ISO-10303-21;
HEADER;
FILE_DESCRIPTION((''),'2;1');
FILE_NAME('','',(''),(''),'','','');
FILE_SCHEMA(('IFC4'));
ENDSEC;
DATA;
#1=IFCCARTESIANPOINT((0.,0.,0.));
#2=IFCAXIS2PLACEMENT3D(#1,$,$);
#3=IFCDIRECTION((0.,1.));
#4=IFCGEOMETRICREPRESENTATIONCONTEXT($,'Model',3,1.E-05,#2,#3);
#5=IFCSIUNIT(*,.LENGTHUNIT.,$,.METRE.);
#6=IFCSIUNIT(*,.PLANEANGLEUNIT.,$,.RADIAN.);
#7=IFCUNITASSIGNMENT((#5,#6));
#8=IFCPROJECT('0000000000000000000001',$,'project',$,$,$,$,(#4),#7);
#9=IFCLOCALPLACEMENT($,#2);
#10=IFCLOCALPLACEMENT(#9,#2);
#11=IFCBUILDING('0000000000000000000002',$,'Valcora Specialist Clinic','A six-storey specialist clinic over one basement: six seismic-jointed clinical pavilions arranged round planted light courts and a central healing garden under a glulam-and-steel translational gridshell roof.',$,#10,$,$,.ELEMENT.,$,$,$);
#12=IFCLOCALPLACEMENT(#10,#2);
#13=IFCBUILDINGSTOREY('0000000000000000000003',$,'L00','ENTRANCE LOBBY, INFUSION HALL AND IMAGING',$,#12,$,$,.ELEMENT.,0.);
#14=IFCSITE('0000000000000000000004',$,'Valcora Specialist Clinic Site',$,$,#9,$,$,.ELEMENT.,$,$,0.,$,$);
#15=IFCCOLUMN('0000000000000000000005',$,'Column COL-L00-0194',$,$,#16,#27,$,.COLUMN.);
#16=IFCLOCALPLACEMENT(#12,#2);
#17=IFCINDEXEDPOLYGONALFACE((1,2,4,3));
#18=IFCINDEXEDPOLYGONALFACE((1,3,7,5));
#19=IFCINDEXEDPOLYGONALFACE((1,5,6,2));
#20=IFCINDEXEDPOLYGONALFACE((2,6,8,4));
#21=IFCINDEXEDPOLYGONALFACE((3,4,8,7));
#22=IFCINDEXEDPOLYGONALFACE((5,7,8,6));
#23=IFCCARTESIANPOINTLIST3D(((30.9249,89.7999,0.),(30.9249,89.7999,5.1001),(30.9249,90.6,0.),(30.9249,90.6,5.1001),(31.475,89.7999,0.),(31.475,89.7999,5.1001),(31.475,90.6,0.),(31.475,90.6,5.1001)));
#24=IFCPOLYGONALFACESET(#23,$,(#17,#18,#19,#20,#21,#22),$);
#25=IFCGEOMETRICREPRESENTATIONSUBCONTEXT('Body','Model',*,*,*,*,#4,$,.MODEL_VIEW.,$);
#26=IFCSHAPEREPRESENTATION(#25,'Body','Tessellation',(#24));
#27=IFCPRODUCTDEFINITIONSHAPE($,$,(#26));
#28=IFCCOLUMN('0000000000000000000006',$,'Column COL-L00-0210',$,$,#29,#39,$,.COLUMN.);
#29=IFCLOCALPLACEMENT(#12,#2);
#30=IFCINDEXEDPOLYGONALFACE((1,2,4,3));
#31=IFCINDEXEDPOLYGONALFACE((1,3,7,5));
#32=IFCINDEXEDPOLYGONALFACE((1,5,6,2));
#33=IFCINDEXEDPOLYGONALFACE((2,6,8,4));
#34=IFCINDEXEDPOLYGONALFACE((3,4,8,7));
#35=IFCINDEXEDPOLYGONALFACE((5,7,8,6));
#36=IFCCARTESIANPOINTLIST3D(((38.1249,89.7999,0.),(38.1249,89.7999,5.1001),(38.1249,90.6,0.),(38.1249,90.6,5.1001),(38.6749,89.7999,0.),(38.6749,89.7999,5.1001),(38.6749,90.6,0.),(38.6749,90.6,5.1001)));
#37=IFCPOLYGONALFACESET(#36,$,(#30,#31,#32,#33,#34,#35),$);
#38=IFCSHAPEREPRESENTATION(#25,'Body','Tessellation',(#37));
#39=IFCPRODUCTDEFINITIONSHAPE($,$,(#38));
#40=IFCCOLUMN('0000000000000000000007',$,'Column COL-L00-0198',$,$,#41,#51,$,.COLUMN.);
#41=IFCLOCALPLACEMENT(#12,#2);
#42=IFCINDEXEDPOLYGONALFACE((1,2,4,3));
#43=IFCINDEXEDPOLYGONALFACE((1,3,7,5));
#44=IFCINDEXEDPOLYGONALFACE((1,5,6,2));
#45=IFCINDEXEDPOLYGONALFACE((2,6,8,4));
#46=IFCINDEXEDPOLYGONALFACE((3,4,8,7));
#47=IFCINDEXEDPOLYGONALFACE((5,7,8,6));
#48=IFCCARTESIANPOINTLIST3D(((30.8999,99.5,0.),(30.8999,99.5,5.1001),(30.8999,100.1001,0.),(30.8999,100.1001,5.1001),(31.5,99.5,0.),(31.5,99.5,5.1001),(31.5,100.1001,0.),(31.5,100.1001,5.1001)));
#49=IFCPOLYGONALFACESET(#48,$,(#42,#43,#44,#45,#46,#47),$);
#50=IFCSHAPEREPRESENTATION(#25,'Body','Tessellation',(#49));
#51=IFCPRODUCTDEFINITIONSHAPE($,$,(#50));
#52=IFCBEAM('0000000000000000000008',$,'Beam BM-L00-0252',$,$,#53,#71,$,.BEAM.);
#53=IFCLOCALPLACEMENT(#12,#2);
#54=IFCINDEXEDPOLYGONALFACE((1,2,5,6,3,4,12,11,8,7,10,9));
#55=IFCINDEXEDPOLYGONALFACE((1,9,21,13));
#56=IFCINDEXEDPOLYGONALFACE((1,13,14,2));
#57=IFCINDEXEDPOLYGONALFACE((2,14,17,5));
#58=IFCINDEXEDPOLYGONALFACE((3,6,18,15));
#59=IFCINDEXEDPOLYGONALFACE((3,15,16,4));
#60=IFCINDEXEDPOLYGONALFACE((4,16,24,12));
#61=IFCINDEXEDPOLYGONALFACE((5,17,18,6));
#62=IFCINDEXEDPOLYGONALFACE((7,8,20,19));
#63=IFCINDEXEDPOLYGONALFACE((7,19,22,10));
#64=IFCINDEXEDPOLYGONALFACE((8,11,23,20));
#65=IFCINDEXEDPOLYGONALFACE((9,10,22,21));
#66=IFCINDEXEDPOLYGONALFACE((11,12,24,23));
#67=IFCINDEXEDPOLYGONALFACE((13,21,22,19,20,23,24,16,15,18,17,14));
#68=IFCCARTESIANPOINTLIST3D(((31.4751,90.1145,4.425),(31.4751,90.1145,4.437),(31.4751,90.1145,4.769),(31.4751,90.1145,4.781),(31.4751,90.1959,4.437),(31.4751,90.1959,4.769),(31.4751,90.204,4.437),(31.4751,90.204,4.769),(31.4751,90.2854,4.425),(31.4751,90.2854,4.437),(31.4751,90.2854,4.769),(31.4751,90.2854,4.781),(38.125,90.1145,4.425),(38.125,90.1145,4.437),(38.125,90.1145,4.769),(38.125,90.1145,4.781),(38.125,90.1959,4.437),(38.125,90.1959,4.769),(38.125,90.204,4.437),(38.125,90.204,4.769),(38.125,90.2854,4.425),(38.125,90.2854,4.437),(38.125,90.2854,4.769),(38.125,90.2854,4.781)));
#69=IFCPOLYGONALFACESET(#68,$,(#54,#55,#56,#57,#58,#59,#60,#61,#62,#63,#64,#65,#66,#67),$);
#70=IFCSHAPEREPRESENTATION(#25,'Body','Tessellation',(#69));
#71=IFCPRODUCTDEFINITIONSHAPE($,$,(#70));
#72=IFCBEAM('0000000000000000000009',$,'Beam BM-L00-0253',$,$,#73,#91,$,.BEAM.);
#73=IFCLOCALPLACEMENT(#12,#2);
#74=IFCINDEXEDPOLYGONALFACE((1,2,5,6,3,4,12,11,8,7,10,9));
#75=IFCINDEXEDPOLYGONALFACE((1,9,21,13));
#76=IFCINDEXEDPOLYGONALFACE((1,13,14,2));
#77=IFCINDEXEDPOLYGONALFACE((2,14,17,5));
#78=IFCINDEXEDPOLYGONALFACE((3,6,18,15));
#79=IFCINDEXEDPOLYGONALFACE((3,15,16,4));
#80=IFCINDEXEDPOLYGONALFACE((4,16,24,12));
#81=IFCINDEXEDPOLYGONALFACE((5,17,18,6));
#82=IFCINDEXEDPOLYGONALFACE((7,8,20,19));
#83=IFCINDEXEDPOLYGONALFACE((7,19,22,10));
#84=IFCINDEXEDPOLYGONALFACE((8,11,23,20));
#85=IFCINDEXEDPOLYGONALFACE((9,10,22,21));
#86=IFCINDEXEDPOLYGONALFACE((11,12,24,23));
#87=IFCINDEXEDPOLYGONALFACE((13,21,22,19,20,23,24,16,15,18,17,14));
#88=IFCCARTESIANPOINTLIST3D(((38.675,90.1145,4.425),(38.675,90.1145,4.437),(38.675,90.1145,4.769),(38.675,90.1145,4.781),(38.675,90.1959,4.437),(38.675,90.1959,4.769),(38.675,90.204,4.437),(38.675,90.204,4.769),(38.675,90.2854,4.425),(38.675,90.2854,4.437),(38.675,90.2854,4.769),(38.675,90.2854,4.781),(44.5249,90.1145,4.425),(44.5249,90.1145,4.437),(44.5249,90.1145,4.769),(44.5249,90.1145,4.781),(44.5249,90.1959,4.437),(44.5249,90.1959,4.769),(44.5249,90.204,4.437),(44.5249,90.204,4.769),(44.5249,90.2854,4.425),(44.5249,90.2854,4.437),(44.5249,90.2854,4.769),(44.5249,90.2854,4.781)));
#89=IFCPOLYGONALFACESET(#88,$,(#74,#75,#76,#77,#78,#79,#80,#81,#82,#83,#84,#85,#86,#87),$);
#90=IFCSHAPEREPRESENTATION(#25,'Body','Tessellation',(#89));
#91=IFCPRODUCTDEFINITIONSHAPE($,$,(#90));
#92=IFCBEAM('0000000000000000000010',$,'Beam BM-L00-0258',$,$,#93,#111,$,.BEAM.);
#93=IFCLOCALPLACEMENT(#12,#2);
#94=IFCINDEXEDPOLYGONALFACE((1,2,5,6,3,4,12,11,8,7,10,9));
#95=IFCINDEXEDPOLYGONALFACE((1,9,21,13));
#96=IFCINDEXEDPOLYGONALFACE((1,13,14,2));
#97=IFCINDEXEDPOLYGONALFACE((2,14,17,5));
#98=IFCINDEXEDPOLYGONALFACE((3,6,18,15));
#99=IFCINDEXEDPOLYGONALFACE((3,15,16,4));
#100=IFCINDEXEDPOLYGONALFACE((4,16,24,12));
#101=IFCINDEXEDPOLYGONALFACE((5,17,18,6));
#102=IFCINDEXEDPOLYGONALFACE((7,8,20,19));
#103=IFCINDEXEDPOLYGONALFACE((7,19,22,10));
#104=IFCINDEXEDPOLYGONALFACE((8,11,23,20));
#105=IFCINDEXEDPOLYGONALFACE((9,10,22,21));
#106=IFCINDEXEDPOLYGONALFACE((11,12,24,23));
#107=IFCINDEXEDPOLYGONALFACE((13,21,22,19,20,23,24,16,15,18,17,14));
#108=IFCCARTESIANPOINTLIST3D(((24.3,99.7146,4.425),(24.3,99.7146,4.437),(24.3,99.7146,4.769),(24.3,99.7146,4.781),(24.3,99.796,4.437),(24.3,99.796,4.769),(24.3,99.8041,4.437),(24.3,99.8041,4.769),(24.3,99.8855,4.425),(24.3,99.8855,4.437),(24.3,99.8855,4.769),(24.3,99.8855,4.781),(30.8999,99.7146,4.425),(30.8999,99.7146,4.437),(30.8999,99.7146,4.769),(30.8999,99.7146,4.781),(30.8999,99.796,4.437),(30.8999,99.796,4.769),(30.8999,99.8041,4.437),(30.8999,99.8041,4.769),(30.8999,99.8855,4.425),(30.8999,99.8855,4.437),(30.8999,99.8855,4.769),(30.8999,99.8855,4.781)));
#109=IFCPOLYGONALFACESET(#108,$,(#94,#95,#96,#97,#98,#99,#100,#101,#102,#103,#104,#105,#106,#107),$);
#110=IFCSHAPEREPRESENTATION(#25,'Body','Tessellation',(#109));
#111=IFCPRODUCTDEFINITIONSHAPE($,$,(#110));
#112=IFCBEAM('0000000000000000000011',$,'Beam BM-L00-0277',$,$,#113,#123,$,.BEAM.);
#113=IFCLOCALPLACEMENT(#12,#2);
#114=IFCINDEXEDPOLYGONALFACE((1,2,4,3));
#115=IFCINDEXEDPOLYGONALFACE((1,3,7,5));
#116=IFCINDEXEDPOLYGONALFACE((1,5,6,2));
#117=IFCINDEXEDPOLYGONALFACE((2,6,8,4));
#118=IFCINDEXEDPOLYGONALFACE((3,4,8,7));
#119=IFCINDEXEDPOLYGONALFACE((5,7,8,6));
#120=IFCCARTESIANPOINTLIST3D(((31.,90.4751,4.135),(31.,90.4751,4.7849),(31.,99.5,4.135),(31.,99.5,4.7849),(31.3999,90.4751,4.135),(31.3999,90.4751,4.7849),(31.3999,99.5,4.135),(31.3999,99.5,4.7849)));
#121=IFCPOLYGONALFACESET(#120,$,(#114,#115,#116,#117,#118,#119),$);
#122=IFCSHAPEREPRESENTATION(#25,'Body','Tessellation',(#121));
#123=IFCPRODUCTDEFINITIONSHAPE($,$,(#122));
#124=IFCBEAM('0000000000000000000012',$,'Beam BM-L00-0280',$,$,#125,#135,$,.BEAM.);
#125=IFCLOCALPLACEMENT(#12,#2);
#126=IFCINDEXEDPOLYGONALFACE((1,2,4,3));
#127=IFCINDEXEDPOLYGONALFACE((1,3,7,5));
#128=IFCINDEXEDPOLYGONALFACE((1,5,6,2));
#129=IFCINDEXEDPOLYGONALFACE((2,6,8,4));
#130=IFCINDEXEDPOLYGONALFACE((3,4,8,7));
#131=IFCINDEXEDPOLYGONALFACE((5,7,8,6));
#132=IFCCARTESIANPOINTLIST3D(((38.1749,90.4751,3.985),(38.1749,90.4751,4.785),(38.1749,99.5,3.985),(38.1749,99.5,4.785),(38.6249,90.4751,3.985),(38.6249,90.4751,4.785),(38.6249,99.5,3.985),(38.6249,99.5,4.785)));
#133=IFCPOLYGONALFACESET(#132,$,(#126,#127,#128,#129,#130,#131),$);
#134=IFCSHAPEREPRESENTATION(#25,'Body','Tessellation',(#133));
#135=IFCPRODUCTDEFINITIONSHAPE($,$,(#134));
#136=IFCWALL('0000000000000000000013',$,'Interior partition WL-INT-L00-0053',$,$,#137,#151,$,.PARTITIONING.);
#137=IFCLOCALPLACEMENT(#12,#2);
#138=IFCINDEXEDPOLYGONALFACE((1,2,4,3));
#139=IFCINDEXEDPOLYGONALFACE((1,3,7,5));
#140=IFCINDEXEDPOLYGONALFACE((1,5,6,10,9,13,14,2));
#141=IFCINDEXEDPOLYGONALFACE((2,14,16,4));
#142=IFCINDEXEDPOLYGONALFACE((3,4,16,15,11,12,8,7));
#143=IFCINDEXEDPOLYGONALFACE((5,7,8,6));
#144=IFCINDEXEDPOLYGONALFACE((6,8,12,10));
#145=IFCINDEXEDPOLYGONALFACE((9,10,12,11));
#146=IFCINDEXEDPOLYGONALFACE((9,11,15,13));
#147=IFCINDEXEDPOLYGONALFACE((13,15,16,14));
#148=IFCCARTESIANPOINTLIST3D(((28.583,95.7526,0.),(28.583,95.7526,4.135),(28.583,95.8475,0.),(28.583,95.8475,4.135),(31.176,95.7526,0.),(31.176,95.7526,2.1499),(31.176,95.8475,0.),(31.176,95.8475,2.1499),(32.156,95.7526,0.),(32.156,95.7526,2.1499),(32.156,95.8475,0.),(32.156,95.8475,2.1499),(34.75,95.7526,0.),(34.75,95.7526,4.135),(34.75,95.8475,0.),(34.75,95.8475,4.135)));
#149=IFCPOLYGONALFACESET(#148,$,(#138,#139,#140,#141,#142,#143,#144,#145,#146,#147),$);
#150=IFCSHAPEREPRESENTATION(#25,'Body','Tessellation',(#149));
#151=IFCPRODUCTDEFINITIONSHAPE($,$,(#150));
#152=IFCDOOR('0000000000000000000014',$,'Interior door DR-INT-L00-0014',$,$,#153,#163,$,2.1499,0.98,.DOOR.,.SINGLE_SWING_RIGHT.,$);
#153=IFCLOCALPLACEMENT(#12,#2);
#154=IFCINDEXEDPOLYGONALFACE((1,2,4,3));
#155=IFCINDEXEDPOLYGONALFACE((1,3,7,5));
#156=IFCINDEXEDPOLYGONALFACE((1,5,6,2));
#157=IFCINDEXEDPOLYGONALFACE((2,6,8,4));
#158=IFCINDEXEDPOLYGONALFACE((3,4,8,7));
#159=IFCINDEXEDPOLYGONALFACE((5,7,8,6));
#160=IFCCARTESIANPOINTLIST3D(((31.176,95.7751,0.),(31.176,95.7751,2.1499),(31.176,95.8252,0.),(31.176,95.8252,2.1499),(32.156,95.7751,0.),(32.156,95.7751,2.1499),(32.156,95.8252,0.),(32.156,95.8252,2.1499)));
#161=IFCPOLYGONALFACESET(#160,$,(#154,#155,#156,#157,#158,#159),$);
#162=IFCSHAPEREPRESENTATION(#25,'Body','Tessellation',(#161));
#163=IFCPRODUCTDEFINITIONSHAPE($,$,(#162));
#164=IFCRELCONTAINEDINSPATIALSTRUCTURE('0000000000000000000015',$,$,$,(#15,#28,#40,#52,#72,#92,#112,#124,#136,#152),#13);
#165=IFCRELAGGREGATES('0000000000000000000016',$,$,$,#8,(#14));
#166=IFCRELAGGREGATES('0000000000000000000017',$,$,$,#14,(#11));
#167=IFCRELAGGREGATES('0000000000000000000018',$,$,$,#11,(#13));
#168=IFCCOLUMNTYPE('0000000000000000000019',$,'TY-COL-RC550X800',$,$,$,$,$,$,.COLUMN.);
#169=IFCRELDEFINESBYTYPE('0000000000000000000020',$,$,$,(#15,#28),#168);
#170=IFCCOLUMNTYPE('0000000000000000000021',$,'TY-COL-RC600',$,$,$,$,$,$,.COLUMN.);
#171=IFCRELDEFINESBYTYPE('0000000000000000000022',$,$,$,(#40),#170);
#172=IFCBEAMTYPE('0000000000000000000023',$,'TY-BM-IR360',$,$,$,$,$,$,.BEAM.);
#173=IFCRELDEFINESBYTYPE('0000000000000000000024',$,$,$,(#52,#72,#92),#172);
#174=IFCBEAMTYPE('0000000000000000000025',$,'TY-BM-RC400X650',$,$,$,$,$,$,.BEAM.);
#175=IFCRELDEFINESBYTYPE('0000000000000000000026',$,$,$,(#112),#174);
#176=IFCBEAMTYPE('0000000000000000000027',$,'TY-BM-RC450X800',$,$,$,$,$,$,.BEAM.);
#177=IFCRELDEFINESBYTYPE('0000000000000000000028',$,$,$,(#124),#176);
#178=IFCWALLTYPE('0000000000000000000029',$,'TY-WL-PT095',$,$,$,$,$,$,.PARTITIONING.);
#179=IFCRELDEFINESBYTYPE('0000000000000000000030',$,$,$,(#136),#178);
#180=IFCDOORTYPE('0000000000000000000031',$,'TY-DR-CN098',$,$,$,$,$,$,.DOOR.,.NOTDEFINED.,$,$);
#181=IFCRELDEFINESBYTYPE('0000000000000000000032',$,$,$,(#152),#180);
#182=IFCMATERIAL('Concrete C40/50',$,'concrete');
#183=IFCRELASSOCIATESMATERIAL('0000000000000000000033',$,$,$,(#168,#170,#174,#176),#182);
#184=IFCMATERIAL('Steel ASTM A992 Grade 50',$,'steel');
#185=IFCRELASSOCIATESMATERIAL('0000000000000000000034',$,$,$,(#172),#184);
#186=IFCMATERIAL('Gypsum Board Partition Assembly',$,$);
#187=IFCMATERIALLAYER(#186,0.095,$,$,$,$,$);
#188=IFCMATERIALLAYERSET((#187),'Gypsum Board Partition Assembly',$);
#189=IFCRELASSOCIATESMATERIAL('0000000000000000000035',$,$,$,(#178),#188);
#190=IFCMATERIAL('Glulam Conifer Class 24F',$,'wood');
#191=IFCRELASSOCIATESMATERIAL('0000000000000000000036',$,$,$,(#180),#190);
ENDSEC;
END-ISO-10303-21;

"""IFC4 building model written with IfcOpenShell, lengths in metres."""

from ifc_helpers import new_model, si_unit, direction, frame, frame_2d, origin, origin_2d, place, context, subcontext, project, spatial, rectangle, i_section, extrude, material, layer, layer_set, material_profile, profile_set, type_object, element, fill, save


model = new_model("IFC4")

# Units and contexts
model_context = context("Model", 3, precision=1e-05, world=origin(), true_north=direction((0.0, 1.0)))
body_context = subcontext(model_context, "Body", "Model", "MODEL_VIEW")
ifc_project = project(units=[si_unit("LENGTHUNIT", "METRE"), si_unit("PLANEANGLEUNIT", "RADIAN")], contexts=[model_context])

# Site, building, storey
site_placement = place(None, origin())
site = spatial("IfcSite", under=ifc_project, at=site_placement, Name="Valcora Specialist Clinic Site", CompositionType="ELEMENT", RefElevation=0.0)
building_placement = place(site_placement, origin())
building = spatial("IfcBuilding", under=site, at=building_placement, Name="Valcora Specialist Clinic", Description="A six-storey specialist clinic over one basement: six seismic-jointed clinical pavilions arranged round planted light courts and a central healing garden under a glulam-and-steel translational gridshell roof.", CompositionType="ELEMENT")
storey_placement = place(building_placement, origin())
storey = spatial("IfcBuildingStorey", under=building, at=storey_placement, Name="L00", Description="ENTRANCE LOBBY, INFUSION HALL AND IMAGING", CompositionType="ELEMENT", Elevation=0.0)

# Columns
ifc_material_1 = material(Name="Concrete C40/50", Category="concrete")
ifc_material_profile_1 = material_profile(ifc_material_1, rectangle(XDim=0.55, YDim=0.8, at=origin_2d()), Name="RC-COL-550X800")
ifc_profile_set_1 = profile_set([ifc_material_profile_1], Name="Concrete C40/50")
column_type_1 = type_object("IfcColumnType", Name="TY-COL-RC550X800", PredefinedType="COLUMN", material=ifc_profile_set_1)
for number, where, z_axis, x_axis, name in (
    (1, (31.2, 90.2, 0.0), (0.0, 0.0, 1.0), (1.0, 0.0, 0.0), "Column COL-L00-0194"),
    (2, (38.3999, 90.2, 0.0), (0.0, 0.0, 1.0), (1.0, 0.0, 0.0), "Column COL-L00-0210"),
):
    element("IfcColumn", number, at=place(storey_placement, frame(where, z_axis=z_axis, x_axis=x_axis)), inside=storey, type_object=column_type_1, Name=name, PredefinedType="COLUMN", context=body_context, shape_type="SweptSolid", body=[
        extrude(rectangle(XDim=0.55, YDim=0.8, at=origin_2d()), origin(), (0.0, 0.0, 1.0), 5.1001),
    ])
ifc_material_profile_2 = material_profile(ifc_material_1, rectangle(XDim=0.6001, YDim=0.6001, at=origin_2d()), Name="RC-COL-600X600")
ifc_profile_set_2 = profile_set([ifc_material_profile_2], Name="Concrete C40/50")
column_type_2 = type_object("IfcColumnType", Name="TY-COL-RC600", PredefinedType="COLUMN", material=ifc_profile_set_2)
column_placement = place(storey_placement, frame((31.2, 99.8, 0.0), z_axis=(0.0, 0.0, 1.0), x_axis=(1.0, 0.0, 0.0)))
element("IfcColumn", 3, at=column_placement, inside=storey, type_object=column_type_2, Name="Column COL-L00-0198", PredefinedType="COLUMN", context=body_context, shape_type="SweptSolid", body=[
    extrude(rectangle(XDim=0.6001, YDim=0.6001, at=origin_2d()), origin(), (0.0, 0.0, 1.0), 5.1001),
])

# Beams
ifc_material_2 = material(Name="Steel ASTM A992 Grade 50", Category="steel")
ifc_material_profile_3 = material_profile(ifc_material_2, i_section(OverallWidth=0.1709, OverallDepth=0.356, WebThickness=0.0081, FlangeThickness=0.012, at=origin_2d()), Name="ST-IR-360X170")
ifc_profile_set_3 = profile_set([ifc_material_profile_3], Name="Steel ASTM A992 Grade 50")
beam_type_1 = type_object("IfcBeamType", Name="TY-BM-IR360", PredefinedType="BEAM", material=ifc_profile_set_3)
beam_1_placement = place(storey_placement, frame((31.4751, 90.2, 4.603), z_axis=(1.0, 0.0, 0.0), x_axis=(0.0, 1.0, 0.0)))
element("IfcBeam", 4, at=beam_1_placement, inside=storey, type_object=beam_type_1, Name="Beam BM-L00-0252", PredefinedType="BEAM", context=body_context, shape_type="SweptSolid", body=[
    extrude(i_section(OverallWidth=0.1709, OverallDepth=0.356, WebThickness=0.0081, FlangeThickness=0.012, at=origin_2d()), origin(), (0.0, 0.0, 1.0), 6.6499),
])
beam_2_placement = place(storey_placement, frame((38.675, 90.2, 4.603), z_axis=(1.0, 0.0, 0.0), x_axis=(0.0, 1.0, 0.0)))
element("IfcBeam", 5, at=beam_2_placement, inside=storey, type_object=beam_type_1, Name="Beam BM-L00-0253", PredefinedType="BEAM", context=body_context, shape_type="SweptSolid", body=[
    extrude(i_section(OverallWidth=0.1709, OverallDepth=0.356, WebThickness=0.0081, FlangeThickness=0.012, at=origin_2d()), origin(), (0.0, 0.0, 1.0), 5.8499),
])
beam_3_placement = place(storey_placement, frame((24.3, 99.8, 4.603), z_axis=(1.0, 0.0, 0.0), x_axis=(0.0, 1.0, 0.0)))
element("IfcBeam", 6, at=beam_3_placement, inside=storey, type_object=beam_type_1, Name="Beam BM-L00-0258", PredefinedType="BEAM", context=body_context, shape_type="SweptSolid", body=[
    extrude(i_section(OverallWidth=0.1709, OverallDepth=0.356, WebThickness=0.0081, FlangeThickness=0.012, at=origin_2d()), origin(), (0.0, 0.0, 1.0), 6.5999),
])
ifc_material_profile_4 = material_profile(ifc_material_1, rectangle(XDim=0.3999, YDim=0.6499, at=origin_2d()), Name="RC-BM-400X650")
ifc_profile_set_4 = profile_set([ifc_material_profile_4], Name="Concrete C40/50")
beam_type_2 = type_object("IfcBeamType", Name="TY-BM-RC400X650", PredefinedType="BEAM", material=ifc_profile_set_4)
beam_4_placement = place(storey_placement, frame((31.2, 90.4751, 4.46), z_axis=(0.0, 1.0, 0.0), x_axis=(-1.0, 0.0, 0.0)))
element("IfcBeam", 7, at=beam_4_placement, inside=storey, type_object=beam_type_2, Name="Beam BM-L00-0277", PredefinedType="BEAM", context=body_context, shape_type="SweptSolid", body=[
    extrude(rectangle(XDim=0.3999, YDim=0.6499, at=origin_2d()), origin(), (0.0, 0.0, 1.0), 9.0249),
])
ifc_material_profile_5 = material_profile(ifc_material_1, rectangle(XDim=0.45, YDim=0.8, at=origin_2d()), Name="RC-BM-450X800")
ifc_profile_set_5 = profile_set([ifc_material_profile_5], Name="Concrete C40/50")
beam_type_3 = type_object("IfcBeamType", Name="TY-BM-RC450X800", PredefinedType="BEAM", material=ifc_profile_set_5)
beam_5_placement = place(storey_placement, frame((38.3999, 90.4751, 4.385), z_axis=(0.0, 1.0, 0.0), x_axis=(-1.0, 0.0, 0.0)))
element("IfcBeam", 8, at=beam_5_placement, inside=storey, type_object=beam_type_3, Name="Beam BM-L00-0280", PredefinedType="BEAM", context=body_context, shape_type="SweptSolid", body=[
    extrude(rectangle(XDim=0.45, YDim=0.8, at=origin_2d()), origin(), (0.0, 0.0, 1.0), 9.0249),
])

# Wall, opening, door
ifc_material_3 = material(Name="Gypsum Board Partition Assembly")
ifc_layer_1 = layer(ifc_material_3, 0.095)
ifc_layer_set_1 = layer_set([ifc_layer_1], Name="Gypsum Board Partition Assembly")
wall_type_1 = type_object("IfcWallType", Name="TY-WL-PT095", PredefinedType="PARTITIONING", material=ifc_layer_set_1)
wall_1_placement = place(storey_placement, frame((34.75, 95.8, 0.0), z_axis=(0.0, 0.0, 1.0), x_axis=(-1.0, 0.0, 0.0)))
wall_1 = element("IfcWall", 9, at=wall_1_placement, inside=storey, type_object=wall_type_1, Name="Interior partition WL-INT-L00-0053", PredefinedType="PARTITIONING", context=body_context, shape_type="SweptSolid", body=[
    extrude(rectangle(XDim=6.167, YDim=0.095, at=frame_2d((3.0835, 0.0))), origin(), (0.0, 0.0, 1.0), 4.135),
])
opening_1_placement = place(wall_1_placement, frame((2.594, 0.0, 0.0)))
opening_1 = element("IfcOpeningElement", 10, at=opening_1_placement, cuts=wall_1, PredefinedType="OPENING", context=body_context, shape_type="SweptSolid", body=[
    extrude(rectangle(XDim=0.98, YDim=2.1499, at=frame_2d((0.49, 1.075))), frame((0.0, 0.0574, 0.0), z_axis=(0.0, -1.0, 0.0), x_axis=(1.0, 0.0, 0.0)), (0.0, 0.0, 1.0), 0.115),
])
ifc_material_4 = material(Name="Glulam Conifer Class 24F", Category="wood")
door_type_1 = type_object("IfcDoorType", Name="TY-DR-CN098", OperationType="NOTDEFINED", PredefinedType="DOOR", material=ifc_material_4)
door_1_placement = place(opening_1_placement, origin())
door_1 = element("IfcDoor", 11, at=door_1_placement, inside=storey, type_object=door_type_1, Name="Interior door DR-INT-L00-0014", OperationType="SINGLE_SWING_RIGHT", OverallHeight=2.1499, OverallWidth=0.98, PredefinedType="DOOR", context=body_context, shape_type="SweptSolid", body=[
    extrude(rectangle(XDim=0.98, YDim=2.1499, at=frame_2d((0.49, 1.075))), frame((0.0, 0.0249, 0.0), z_axis=(0.0, -1.0, 0.0), x_axis=(1.0, 0.0, 0.0)), (0.0, 0.0, 1.0), 0.05),
])
fill(opening_1, door_1)

save(model, "model.ifc")
